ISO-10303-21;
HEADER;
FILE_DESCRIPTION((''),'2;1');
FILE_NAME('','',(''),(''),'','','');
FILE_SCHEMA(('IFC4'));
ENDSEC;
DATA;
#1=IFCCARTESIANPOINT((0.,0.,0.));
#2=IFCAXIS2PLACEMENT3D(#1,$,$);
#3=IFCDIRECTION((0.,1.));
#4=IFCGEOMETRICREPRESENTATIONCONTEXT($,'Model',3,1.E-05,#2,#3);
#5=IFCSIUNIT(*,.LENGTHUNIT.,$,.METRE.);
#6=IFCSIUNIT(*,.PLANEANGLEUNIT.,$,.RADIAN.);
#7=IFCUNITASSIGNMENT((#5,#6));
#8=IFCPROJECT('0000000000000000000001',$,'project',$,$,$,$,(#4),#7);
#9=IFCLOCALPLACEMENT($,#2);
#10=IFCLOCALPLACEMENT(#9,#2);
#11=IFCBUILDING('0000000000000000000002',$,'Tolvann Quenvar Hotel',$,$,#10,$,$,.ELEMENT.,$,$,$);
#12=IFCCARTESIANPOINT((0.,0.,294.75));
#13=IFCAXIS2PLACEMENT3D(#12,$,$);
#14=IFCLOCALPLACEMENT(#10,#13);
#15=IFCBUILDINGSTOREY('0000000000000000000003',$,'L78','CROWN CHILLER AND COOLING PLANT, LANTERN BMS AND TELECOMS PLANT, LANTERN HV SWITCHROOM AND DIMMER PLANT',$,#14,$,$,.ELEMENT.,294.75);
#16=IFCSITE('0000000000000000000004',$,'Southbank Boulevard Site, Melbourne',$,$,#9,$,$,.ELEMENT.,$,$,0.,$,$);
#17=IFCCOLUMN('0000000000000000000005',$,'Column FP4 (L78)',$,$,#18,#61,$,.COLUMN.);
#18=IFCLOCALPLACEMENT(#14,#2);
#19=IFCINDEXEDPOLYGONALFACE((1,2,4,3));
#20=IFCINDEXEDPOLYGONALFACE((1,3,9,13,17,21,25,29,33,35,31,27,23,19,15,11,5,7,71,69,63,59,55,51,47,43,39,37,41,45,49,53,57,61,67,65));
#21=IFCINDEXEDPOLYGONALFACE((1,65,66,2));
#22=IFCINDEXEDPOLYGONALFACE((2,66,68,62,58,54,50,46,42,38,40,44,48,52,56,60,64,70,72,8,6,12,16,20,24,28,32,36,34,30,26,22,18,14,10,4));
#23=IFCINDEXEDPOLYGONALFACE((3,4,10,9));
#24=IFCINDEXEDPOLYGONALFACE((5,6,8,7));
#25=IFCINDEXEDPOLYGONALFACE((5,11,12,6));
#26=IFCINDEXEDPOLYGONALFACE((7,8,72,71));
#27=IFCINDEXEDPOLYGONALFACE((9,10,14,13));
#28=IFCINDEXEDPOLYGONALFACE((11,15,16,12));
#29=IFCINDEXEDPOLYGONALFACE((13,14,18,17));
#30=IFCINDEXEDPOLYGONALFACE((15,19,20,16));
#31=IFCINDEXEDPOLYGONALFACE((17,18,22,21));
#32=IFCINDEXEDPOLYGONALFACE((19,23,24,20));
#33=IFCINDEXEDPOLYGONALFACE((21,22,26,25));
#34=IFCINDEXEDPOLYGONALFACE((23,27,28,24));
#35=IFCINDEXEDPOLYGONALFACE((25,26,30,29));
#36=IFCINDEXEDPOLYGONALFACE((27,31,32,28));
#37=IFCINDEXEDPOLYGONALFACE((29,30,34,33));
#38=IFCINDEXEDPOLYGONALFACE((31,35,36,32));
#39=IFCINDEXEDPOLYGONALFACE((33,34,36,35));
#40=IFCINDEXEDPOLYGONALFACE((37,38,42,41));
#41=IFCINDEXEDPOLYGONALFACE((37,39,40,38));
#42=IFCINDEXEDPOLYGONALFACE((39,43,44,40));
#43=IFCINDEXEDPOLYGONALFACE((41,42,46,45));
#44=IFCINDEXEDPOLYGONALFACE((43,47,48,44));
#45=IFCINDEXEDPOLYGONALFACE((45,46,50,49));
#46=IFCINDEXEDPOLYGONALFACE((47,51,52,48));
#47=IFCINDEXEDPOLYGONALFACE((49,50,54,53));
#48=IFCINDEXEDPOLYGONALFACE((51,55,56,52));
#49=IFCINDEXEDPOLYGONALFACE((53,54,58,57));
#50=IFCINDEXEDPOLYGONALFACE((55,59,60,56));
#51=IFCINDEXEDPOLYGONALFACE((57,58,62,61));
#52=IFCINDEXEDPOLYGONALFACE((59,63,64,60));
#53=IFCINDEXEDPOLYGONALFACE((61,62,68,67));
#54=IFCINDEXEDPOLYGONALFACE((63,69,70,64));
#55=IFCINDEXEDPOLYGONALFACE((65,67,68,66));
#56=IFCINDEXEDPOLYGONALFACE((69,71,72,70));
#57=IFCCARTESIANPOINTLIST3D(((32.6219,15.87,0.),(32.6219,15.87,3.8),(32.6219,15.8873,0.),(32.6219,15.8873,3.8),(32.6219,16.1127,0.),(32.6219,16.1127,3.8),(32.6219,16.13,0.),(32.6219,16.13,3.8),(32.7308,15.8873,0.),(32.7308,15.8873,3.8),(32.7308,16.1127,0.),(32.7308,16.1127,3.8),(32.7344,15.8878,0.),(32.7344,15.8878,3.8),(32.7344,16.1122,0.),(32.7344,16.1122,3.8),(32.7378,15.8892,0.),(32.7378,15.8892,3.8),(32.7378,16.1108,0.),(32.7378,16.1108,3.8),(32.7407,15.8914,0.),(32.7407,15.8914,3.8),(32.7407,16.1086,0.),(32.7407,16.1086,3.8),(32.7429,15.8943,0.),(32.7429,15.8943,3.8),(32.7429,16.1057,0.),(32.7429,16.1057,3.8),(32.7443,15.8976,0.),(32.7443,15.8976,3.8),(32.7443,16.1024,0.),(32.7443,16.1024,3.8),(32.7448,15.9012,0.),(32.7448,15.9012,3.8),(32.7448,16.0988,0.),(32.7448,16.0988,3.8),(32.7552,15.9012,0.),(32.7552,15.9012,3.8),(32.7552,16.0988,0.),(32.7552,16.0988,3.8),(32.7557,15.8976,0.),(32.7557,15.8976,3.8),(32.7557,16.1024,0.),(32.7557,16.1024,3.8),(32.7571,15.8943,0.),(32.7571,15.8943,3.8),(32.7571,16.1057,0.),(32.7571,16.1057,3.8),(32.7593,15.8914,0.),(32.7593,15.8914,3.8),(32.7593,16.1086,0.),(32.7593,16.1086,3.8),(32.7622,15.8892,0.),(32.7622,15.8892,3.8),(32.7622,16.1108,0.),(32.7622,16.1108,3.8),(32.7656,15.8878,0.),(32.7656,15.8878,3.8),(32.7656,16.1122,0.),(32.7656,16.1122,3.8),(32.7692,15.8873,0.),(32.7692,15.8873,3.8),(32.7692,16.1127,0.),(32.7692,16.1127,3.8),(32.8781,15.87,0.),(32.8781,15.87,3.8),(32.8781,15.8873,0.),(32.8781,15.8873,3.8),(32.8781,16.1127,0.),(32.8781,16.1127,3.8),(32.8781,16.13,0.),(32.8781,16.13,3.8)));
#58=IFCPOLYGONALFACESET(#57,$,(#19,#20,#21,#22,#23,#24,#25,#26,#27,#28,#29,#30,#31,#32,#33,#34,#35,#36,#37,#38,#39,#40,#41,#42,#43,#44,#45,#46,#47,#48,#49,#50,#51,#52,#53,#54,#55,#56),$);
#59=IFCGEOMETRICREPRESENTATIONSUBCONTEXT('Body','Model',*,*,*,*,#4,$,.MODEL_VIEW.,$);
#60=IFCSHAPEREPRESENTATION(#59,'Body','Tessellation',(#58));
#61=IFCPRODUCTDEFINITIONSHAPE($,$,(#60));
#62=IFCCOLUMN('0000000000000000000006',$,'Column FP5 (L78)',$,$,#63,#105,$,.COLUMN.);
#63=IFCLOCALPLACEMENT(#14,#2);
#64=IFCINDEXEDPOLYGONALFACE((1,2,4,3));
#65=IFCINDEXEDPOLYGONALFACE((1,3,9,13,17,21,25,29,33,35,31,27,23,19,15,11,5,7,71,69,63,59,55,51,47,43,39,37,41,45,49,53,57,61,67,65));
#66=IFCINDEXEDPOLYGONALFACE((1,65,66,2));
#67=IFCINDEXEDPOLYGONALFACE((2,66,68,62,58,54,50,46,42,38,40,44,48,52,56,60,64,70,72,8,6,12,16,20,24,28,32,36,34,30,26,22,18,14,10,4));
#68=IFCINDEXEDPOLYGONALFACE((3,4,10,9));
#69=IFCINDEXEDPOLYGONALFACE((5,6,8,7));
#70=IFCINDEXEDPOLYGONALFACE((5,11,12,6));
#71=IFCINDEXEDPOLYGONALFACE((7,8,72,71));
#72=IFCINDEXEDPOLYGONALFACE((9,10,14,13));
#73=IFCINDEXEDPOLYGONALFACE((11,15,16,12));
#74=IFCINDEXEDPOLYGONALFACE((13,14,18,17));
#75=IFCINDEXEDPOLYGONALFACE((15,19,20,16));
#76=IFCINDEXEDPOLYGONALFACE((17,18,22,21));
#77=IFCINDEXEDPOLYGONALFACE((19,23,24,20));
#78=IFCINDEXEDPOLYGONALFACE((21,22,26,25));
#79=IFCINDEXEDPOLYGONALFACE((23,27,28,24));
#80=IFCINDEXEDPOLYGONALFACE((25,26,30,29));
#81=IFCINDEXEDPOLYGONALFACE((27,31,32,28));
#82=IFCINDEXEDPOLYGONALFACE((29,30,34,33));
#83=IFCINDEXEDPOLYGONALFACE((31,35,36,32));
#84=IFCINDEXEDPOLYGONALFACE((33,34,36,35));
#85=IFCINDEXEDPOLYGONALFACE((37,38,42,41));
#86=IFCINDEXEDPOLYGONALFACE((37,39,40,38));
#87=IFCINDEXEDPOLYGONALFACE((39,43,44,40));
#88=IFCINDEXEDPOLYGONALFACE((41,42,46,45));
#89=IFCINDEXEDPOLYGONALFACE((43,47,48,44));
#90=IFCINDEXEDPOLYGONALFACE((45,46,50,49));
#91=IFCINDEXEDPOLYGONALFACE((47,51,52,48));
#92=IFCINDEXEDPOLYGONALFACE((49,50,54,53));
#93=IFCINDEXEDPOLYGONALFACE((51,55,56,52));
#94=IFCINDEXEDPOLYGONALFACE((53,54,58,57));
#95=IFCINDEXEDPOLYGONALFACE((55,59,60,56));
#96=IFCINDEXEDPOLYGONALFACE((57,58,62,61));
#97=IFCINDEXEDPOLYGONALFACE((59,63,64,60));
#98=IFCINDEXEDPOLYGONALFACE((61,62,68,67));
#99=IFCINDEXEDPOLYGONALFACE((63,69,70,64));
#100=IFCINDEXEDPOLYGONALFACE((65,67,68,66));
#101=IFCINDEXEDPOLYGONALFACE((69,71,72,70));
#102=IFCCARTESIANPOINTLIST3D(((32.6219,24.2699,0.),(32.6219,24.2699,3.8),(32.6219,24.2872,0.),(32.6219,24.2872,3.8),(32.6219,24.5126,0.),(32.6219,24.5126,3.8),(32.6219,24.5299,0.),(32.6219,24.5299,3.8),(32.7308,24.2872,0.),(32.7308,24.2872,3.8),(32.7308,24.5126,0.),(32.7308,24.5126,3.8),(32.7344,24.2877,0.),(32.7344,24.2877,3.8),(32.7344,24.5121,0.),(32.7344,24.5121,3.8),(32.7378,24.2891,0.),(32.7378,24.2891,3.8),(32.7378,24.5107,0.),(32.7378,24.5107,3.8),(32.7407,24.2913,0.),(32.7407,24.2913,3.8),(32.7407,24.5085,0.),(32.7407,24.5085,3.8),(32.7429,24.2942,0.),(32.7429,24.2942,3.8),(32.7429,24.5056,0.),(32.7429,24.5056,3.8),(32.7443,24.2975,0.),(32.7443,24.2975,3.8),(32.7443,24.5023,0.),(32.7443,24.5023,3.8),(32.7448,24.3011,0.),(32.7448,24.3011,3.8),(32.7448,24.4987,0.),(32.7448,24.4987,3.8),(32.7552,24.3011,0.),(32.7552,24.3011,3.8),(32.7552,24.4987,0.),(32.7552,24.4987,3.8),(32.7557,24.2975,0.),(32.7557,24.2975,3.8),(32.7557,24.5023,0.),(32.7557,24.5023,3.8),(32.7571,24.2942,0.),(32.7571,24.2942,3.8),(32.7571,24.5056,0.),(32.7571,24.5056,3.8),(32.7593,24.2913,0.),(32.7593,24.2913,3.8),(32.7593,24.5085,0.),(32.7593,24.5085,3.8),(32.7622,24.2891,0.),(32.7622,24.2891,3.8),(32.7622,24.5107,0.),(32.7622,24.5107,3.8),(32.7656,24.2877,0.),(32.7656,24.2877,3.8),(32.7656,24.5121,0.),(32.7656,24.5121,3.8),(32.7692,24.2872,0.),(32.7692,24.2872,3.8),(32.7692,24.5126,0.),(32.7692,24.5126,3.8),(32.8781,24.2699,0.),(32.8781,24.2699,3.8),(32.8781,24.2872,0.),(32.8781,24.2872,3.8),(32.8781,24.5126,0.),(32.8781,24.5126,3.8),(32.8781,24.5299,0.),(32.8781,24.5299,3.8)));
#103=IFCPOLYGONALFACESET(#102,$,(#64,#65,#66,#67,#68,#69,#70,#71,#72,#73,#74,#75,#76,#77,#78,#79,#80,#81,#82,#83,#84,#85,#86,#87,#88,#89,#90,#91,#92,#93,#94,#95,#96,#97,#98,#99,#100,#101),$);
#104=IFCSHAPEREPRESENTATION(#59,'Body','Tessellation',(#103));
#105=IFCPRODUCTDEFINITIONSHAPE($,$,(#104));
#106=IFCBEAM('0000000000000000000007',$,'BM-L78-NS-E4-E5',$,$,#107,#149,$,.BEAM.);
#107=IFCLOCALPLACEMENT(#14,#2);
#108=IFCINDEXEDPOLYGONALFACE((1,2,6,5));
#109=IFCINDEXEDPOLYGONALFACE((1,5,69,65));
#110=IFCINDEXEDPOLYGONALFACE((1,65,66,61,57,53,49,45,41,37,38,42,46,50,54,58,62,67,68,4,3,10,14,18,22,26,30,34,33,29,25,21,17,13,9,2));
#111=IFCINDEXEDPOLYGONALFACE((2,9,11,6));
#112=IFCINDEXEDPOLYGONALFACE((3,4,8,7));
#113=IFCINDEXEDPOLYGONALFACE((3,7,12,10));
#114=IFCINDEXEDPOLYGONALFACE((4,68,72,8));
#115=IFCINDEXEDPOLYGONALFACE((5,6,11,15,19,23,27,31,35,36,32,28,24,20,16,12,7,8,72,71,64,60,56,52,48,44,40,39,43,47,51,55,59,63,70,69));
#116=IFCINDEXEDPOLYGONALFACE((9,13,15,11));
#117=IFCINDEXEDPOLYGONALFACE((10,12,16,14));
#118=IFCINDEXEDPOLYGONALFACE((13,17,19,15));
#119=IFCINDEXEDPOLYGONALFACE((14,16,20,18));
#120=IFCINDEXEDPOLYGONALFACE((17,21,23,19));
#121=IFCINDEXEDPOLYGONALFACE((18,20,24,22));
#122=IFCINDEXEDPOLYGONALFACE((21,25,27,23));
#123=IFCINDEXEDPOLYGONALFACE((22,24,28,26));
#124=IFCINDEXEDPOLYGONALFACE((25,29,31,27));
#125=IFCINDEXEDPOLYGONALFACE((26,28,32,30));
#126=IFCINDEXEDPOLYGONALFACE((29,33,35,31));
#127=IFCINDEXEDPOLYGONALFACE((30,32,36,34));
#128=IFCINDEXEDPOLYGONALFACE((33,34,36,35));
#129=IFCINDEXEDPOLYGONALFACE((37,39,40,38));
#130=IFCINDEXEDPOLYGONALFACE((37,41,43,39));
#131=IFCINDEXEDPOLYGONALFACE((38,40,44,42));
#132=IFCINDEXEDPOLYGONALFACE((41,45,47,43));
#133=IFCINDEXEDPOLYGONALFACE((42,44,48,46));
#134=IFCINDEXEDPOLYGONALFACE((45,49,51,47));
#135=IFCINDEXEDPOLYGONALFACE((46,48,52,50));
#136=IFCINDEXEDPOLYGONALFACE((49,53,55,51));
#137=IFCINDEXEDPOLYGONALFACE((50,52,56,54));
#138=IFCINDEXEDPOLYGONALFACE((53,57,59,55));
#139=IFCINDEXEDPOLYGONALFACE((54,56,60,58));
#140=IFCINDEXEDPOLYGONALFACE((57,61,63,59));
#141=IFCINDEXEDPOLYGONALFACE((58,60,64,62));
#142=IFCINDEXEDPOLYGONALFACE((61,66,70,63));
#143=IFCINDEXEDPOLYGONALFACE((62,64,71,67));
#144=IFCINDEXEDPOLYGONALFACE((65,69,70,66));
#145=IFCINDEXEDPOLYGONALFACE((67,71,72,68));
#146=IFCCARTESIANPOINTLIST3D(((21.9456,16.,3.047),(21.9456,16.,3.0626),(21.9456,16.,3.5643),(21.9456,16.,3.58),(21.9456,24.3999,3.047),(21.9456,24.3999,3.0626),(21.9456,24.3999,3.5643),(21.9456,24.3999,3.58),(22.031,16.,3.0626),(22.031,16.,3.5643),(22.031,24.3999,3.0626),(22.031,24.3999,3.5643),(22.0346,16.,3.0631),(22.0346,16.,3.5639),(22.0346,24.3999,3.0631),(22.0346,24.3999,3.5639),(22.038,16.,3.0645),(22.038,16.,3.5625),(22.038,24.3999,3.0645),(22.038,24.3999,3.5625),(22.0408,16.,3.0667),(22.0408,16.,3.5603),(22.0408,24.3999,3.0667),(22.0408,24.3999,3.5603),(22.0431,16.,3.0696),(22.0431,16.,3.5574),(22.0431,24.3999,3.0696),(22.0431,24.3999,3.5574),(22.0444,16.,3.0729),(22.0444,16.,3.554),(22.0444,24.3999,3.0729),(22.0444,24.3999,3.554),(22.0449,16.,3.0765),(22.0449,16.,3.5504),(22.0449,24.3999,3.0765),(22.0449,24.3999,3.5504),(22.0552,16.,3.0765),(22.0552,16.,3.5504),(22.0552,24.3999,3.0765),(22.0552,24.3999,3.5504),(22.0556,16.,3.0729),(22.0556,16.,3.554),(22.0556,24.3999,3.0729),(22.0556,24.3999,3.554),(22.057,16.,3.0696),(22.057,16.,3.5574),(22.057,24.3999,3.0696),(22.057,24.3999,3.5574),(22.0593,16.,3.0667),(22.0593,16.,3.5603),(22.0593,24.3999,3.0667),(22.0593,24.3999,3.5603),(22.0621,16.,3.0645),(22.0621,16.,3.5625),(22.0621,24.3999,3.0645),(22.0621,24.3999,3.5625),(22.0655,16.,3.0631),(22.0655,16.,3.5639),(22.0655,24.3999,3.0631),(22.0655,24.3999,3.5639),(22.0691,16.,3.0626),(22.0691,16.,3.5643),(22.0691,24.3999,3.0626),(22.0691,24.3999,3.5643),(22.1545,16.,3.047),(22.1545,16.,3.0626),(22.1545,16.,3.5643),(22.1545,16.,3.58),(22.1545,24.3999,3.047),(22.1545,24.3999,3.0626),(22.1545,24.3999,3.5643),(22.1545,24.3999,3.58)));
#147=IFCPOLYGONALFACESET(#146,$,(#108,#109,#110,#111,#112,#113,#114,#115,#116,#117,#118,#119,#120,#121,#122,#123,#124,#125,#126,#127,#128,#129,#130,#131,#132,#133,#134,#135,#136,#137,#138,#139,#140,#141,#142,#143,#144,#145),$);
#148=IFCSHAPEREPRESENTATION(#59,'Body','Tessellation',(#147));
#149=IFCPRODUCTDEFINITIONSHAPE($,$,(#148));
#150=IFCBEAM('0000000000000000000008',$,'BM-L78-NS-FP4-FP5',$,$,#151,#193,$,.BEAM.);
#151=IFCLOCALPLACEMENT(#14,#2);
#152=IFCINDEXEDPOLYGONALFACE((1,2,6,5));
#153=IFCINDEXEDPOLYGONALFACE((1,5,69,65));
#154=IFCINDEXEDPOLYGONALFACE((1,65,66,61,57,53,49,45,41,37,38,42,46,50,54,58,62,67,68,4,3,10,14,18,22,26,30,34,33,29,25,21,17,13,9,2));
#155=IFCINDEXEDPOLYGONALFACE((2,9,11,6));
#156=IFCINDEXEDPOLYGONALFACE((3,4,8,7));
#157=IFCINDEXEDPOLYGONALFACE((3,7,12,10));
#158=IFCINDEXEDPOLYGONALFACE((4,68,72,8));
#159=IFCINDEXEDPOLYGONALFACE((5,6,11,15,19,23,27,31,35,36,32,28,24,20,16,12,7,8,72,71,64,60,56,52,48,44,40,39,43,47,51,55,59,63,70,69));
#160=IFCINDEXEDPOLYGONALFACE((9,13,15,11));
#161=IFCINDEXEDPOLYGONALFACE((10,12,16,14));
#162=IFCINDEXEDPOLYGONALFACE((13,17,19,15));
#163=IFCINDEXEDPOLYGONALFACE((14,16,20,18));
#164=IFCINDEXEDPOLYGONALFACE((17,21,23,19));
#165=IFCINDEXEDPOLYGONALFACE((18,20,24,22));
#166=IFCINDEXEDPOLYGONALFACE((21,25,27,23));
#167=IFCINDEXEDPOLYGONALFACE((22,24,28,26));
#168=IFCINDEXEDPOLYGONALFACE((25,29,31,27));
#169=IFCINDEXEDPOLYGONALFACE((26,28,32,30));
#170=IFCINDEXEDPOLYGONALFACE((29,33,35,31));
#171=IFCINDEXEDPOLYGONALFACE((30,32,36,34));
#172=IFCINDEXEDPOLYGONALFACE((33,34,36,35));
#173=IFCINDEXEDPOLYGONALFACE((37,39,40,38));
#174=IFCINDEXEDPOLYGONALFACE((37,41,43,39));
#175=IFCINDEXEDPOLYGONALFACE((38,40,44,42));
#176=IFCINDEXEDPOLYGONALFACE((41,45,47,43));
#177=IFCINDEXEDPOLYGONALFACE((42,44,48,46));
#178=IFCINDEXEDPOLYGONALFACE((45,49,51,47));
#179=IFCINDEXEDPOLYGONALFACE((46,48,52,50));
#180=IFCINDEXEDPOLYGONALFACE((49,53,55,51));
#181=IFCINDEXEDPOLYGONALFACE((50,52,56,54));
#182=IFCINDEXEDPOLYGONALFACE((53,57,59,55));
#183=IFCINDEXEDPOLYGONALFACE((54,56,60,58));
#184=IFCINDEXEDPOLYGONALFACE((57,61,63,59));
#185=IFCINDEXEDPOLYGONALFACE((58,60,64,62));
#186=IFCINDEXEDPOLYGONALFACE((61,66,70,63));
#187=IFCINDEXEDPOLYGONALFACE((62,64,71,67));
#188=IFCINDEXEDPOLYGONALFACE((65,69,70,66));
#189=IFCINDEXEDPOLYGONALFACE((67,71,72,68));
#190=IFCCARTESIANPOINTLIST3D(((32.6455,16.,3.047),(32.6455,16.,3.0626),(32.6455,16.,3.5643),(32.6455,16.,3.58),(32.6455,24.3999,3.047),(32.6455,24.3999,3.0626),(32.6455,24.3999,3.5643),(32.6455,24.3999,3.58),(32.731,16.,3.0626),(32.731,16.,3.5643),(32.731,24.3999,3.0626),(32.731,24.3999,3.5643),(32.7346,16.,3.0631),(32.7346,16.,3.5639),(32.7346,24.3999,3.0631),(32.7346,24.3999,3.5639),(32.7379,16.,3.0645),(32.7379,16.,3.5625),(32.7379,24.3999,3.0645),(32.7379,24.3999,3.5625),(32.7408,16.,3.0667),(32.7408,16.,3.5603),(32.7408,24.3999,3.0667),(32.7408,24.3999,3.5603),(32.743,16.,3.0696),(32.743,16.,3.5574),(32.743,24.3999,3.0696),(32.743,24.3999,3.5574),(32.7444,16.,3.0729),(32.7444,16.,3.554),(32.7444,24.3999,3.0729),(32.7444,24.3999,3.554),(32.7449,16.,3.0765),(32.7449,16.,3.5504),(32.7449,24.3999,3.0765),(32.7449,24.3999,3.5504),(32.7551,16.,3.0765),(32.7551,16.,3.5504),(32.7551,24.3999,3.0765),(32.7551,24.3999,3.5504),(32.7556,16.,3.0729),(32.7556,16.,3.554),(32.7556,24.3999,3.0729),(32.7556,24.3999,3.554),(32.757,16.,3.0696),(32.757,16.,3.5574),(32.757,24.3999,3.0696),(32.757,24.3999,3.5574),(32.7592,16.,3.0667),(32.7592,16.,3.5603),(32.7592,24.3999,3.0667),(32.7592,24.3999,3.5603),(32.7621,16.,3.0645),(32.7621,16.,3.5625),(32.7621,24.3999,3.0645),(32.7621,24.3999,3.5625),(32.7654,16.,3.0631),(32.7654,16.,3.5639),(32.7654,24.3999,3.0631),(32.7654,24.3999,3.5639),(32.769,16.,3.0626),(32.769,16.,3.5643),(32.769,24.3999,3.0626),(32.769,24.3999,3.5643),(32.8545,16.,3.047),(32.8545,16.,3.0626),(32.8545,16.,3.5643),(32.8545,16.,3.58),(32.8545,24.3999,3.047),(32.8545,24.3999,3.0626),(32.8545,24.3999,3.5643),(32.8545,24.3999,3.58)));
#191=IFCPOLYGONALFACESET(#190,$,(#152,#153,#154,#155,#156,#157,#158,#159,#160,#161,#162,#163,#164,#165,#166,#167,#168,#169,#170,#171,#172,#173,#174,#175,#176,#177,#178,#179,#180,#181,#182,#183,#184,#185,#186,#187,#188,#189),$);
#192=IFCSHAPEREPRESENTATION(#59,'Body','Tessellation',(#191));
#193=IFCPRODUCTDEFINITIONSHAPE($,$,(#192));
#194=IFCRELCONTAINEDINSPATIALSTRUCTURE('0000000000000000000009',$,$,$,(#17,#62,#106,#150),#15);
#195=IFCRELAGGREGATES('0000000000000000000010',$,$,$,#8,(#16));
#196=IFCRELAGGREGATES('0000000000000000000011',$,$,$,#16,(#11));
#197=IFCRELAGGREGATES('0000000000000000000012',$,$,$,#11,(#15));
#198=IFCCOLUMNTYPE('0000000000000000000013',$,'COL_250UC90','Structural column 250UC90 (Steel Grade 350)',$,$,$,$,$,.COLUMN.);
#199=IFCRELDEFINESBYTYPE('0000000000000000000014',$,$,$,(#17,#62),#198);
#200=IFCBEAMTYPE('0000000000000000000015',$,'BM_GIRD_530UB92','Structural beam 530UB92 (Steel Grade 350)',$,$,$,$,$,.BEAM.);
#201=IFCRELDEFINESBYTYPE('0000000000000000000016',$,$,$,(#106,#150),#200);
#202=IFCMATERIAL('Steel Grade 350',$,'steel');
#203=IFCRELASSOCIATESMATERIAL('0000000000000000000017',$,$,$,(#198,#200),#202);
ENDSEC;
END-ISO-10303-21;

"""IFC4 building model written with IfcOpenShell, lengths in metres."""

from ifc_helpers import new_model, si_unit, direction, frame, origin, origin_2d, place, context, subcontext, project, spatial, i_section, extrude, source, transform, mapped, material, material_profile, profile_set, type_object, type_shapes, element, save


model = new_model("IFC4")

# Units and contexts
model_context = context("Model", 3, precision=1e-05, world=origin(), true_north=direction((0.0, 1.0)))
body_context = subcontext(model_context, "Body", "Model", "MODEL_VIEW")
ifc_project = project(units=[si_unit("LENGTHUNIT", "METRE"), si_unit("PLANEANGLEUNIT", "RADIAN")], contexts=[model_context])

# Site, building, storey
site_placement = place(None, origin())
site = spatial("IfcSite", under=ifc_project, at=site_placement, Name="Southbank Boulevard Site, Melbourne", CompositionType="ELEMENT", RefElevation=0.0)
building_placement = place(site_placement, origin())
building = spatial("IfcBuilding", under=site, at=building_placement, Name="Tolvann Quenvar Hotel", CompositionType="ELEMENT")
storey_placement = place(building_placement, frame((0.0, 0.0, 294.75)))
storey = spatial("IfcBuildingStorey", under=building, at=storey_placement, Name="L78", Description="CROWN CHILLER AND COOLING PLANT, LANTERN BMS AND TELECOMS PLANT, LANTERN HV SWITCHROOM AND DIMMER PLANT", CompositionType="ELEMENT", Elevation=294.75)

# Columns
ifc_material_1 = material(Name="Steel Grade 350", Category="steel")
ifc_material_profile_1 = material_profile(ifc_material_1, i_section(OverallWidth=0.2561, OverallDepth=0.26, WebThickness=0.0105, FlangeThickness=0.0173, FilletRadius=0.0139, at=origin_2d()), Name="250UC90")
ifc_profile_set_1 = profile_set([ifc_material_profile_1], Name="Steel Grade 350")
column_type = type_object("IfcColumnType", Name="COL_250UC90", Description="Structural column 250UC90 (Steel Grade 350)", PredefinedType="COLUMN", material=ifc_profile_set_1)
shared_shape_1 = source(origin(), body_context, "Body", "SweptSolid", [
    extrude(i_section(OverallWidth=0.2561, OverallDepth=0.26, WebThickness=0.0105, FlangeThickness=0.0173, FilletRadius=0.0139, at=origin_2d()), origin(), (0.0, 0.0, 1.0), 3.8),
])
type_shapes(column_type, [shared_shape_1])
for number, where, z_axis, x_axis, name in (
    (1, (32.75, 16.0, 0.0), (0.0, 0.0, 1.0), (1.0, 0.0, 0.0), "Column FP4 (L78)"),
    (2, (32.75, 24.3999, 0.0), (0.0, 0.0, 1.0), (1.0, 0.0, 0.0), "Column FP5 (L78)"),
):
    element("IfcColumn", number, at=place(storey_placement, frame(where, z_axis=z_axis, x_axis=x_axis)), inside=storey, type_object=column_type, Name=name, PredefinedType="COLUMN", context=body_context, shape_type="MappedRepresentation", body=[
        mapped(shared_shape_1, transform((0.0, 0.0, 0.0), x_axis=(1.0, 0.0, 0.0), y_axis=(0.0, 1.0, 0.0), z_axis=(0.0, 0.0, 1.0), scale=1.0)),
    ])

# Beams
ifc_material_profile_2 = material_profile(ifc_material_1, i_section(OverallWidth=0.209, OverallDepth=0.533, WebThickness=0.0103, FlangeThickness=0.0156, FilletRadius=0.0139, at=origin_2d()), Name="530UB92")
ifc_profile_set_2 = profile_set([ifc_material_profile_2], Name="Steel Grade 350")
beam_type_1 = type_object("IfcBeamType", Name="BM_GIRD_530UB92", Description="Structural beam 530UB92 (Steel Grade 350)", PredefinedType="BEAM", material=ifc_profile_set_2)
shared_shape_2 = source(origin(), body_context, "Body", "SweptSolid", [
    extrude(i_section(OverallWidth=0.209, OverallDepth=0.533, WebThickness=0.0103, FlangeThickness=0.0156, FilletRadius=0.0139, at=origin_2d()), origin(), (0.0, 0.0, 1.0), 8.3999),
])
for number, where, z_axis, x_axis, name in (
    (3, (22.05, 16.0, 3.3135), (0.0, 1.0, 0.0), (-1.0, 0.0, 0.0), "BM-L78-NS-E4-E5"),
    (4, (32.75, 16.0, 3.3135), (0.0, 1.0, 0.0), (-1.0, 0.0, 0.0), "BM-L78-NS-FP4-FP5"),
):
    element("IfcBeam", number, at=place(storey_placement, frame(where, z_axis=z_axis, x_axis=x_axis)), inside=storey, type_object=beam_type_1, Name=name, PredefinedType="BEAM", context=body_context, shape_type="MappedRepresentation", body=[
        mapped(shared_shape_2, transform((0.0, 0.0, 0.0), x_axis=(1.0, 0.0, 0.0), y_axis=(0.0, 1.0, 0.0), z_axis=(0.0, 0.0, 1.0), scale=1.0)),
    ])

save(model, "model.ifc")
